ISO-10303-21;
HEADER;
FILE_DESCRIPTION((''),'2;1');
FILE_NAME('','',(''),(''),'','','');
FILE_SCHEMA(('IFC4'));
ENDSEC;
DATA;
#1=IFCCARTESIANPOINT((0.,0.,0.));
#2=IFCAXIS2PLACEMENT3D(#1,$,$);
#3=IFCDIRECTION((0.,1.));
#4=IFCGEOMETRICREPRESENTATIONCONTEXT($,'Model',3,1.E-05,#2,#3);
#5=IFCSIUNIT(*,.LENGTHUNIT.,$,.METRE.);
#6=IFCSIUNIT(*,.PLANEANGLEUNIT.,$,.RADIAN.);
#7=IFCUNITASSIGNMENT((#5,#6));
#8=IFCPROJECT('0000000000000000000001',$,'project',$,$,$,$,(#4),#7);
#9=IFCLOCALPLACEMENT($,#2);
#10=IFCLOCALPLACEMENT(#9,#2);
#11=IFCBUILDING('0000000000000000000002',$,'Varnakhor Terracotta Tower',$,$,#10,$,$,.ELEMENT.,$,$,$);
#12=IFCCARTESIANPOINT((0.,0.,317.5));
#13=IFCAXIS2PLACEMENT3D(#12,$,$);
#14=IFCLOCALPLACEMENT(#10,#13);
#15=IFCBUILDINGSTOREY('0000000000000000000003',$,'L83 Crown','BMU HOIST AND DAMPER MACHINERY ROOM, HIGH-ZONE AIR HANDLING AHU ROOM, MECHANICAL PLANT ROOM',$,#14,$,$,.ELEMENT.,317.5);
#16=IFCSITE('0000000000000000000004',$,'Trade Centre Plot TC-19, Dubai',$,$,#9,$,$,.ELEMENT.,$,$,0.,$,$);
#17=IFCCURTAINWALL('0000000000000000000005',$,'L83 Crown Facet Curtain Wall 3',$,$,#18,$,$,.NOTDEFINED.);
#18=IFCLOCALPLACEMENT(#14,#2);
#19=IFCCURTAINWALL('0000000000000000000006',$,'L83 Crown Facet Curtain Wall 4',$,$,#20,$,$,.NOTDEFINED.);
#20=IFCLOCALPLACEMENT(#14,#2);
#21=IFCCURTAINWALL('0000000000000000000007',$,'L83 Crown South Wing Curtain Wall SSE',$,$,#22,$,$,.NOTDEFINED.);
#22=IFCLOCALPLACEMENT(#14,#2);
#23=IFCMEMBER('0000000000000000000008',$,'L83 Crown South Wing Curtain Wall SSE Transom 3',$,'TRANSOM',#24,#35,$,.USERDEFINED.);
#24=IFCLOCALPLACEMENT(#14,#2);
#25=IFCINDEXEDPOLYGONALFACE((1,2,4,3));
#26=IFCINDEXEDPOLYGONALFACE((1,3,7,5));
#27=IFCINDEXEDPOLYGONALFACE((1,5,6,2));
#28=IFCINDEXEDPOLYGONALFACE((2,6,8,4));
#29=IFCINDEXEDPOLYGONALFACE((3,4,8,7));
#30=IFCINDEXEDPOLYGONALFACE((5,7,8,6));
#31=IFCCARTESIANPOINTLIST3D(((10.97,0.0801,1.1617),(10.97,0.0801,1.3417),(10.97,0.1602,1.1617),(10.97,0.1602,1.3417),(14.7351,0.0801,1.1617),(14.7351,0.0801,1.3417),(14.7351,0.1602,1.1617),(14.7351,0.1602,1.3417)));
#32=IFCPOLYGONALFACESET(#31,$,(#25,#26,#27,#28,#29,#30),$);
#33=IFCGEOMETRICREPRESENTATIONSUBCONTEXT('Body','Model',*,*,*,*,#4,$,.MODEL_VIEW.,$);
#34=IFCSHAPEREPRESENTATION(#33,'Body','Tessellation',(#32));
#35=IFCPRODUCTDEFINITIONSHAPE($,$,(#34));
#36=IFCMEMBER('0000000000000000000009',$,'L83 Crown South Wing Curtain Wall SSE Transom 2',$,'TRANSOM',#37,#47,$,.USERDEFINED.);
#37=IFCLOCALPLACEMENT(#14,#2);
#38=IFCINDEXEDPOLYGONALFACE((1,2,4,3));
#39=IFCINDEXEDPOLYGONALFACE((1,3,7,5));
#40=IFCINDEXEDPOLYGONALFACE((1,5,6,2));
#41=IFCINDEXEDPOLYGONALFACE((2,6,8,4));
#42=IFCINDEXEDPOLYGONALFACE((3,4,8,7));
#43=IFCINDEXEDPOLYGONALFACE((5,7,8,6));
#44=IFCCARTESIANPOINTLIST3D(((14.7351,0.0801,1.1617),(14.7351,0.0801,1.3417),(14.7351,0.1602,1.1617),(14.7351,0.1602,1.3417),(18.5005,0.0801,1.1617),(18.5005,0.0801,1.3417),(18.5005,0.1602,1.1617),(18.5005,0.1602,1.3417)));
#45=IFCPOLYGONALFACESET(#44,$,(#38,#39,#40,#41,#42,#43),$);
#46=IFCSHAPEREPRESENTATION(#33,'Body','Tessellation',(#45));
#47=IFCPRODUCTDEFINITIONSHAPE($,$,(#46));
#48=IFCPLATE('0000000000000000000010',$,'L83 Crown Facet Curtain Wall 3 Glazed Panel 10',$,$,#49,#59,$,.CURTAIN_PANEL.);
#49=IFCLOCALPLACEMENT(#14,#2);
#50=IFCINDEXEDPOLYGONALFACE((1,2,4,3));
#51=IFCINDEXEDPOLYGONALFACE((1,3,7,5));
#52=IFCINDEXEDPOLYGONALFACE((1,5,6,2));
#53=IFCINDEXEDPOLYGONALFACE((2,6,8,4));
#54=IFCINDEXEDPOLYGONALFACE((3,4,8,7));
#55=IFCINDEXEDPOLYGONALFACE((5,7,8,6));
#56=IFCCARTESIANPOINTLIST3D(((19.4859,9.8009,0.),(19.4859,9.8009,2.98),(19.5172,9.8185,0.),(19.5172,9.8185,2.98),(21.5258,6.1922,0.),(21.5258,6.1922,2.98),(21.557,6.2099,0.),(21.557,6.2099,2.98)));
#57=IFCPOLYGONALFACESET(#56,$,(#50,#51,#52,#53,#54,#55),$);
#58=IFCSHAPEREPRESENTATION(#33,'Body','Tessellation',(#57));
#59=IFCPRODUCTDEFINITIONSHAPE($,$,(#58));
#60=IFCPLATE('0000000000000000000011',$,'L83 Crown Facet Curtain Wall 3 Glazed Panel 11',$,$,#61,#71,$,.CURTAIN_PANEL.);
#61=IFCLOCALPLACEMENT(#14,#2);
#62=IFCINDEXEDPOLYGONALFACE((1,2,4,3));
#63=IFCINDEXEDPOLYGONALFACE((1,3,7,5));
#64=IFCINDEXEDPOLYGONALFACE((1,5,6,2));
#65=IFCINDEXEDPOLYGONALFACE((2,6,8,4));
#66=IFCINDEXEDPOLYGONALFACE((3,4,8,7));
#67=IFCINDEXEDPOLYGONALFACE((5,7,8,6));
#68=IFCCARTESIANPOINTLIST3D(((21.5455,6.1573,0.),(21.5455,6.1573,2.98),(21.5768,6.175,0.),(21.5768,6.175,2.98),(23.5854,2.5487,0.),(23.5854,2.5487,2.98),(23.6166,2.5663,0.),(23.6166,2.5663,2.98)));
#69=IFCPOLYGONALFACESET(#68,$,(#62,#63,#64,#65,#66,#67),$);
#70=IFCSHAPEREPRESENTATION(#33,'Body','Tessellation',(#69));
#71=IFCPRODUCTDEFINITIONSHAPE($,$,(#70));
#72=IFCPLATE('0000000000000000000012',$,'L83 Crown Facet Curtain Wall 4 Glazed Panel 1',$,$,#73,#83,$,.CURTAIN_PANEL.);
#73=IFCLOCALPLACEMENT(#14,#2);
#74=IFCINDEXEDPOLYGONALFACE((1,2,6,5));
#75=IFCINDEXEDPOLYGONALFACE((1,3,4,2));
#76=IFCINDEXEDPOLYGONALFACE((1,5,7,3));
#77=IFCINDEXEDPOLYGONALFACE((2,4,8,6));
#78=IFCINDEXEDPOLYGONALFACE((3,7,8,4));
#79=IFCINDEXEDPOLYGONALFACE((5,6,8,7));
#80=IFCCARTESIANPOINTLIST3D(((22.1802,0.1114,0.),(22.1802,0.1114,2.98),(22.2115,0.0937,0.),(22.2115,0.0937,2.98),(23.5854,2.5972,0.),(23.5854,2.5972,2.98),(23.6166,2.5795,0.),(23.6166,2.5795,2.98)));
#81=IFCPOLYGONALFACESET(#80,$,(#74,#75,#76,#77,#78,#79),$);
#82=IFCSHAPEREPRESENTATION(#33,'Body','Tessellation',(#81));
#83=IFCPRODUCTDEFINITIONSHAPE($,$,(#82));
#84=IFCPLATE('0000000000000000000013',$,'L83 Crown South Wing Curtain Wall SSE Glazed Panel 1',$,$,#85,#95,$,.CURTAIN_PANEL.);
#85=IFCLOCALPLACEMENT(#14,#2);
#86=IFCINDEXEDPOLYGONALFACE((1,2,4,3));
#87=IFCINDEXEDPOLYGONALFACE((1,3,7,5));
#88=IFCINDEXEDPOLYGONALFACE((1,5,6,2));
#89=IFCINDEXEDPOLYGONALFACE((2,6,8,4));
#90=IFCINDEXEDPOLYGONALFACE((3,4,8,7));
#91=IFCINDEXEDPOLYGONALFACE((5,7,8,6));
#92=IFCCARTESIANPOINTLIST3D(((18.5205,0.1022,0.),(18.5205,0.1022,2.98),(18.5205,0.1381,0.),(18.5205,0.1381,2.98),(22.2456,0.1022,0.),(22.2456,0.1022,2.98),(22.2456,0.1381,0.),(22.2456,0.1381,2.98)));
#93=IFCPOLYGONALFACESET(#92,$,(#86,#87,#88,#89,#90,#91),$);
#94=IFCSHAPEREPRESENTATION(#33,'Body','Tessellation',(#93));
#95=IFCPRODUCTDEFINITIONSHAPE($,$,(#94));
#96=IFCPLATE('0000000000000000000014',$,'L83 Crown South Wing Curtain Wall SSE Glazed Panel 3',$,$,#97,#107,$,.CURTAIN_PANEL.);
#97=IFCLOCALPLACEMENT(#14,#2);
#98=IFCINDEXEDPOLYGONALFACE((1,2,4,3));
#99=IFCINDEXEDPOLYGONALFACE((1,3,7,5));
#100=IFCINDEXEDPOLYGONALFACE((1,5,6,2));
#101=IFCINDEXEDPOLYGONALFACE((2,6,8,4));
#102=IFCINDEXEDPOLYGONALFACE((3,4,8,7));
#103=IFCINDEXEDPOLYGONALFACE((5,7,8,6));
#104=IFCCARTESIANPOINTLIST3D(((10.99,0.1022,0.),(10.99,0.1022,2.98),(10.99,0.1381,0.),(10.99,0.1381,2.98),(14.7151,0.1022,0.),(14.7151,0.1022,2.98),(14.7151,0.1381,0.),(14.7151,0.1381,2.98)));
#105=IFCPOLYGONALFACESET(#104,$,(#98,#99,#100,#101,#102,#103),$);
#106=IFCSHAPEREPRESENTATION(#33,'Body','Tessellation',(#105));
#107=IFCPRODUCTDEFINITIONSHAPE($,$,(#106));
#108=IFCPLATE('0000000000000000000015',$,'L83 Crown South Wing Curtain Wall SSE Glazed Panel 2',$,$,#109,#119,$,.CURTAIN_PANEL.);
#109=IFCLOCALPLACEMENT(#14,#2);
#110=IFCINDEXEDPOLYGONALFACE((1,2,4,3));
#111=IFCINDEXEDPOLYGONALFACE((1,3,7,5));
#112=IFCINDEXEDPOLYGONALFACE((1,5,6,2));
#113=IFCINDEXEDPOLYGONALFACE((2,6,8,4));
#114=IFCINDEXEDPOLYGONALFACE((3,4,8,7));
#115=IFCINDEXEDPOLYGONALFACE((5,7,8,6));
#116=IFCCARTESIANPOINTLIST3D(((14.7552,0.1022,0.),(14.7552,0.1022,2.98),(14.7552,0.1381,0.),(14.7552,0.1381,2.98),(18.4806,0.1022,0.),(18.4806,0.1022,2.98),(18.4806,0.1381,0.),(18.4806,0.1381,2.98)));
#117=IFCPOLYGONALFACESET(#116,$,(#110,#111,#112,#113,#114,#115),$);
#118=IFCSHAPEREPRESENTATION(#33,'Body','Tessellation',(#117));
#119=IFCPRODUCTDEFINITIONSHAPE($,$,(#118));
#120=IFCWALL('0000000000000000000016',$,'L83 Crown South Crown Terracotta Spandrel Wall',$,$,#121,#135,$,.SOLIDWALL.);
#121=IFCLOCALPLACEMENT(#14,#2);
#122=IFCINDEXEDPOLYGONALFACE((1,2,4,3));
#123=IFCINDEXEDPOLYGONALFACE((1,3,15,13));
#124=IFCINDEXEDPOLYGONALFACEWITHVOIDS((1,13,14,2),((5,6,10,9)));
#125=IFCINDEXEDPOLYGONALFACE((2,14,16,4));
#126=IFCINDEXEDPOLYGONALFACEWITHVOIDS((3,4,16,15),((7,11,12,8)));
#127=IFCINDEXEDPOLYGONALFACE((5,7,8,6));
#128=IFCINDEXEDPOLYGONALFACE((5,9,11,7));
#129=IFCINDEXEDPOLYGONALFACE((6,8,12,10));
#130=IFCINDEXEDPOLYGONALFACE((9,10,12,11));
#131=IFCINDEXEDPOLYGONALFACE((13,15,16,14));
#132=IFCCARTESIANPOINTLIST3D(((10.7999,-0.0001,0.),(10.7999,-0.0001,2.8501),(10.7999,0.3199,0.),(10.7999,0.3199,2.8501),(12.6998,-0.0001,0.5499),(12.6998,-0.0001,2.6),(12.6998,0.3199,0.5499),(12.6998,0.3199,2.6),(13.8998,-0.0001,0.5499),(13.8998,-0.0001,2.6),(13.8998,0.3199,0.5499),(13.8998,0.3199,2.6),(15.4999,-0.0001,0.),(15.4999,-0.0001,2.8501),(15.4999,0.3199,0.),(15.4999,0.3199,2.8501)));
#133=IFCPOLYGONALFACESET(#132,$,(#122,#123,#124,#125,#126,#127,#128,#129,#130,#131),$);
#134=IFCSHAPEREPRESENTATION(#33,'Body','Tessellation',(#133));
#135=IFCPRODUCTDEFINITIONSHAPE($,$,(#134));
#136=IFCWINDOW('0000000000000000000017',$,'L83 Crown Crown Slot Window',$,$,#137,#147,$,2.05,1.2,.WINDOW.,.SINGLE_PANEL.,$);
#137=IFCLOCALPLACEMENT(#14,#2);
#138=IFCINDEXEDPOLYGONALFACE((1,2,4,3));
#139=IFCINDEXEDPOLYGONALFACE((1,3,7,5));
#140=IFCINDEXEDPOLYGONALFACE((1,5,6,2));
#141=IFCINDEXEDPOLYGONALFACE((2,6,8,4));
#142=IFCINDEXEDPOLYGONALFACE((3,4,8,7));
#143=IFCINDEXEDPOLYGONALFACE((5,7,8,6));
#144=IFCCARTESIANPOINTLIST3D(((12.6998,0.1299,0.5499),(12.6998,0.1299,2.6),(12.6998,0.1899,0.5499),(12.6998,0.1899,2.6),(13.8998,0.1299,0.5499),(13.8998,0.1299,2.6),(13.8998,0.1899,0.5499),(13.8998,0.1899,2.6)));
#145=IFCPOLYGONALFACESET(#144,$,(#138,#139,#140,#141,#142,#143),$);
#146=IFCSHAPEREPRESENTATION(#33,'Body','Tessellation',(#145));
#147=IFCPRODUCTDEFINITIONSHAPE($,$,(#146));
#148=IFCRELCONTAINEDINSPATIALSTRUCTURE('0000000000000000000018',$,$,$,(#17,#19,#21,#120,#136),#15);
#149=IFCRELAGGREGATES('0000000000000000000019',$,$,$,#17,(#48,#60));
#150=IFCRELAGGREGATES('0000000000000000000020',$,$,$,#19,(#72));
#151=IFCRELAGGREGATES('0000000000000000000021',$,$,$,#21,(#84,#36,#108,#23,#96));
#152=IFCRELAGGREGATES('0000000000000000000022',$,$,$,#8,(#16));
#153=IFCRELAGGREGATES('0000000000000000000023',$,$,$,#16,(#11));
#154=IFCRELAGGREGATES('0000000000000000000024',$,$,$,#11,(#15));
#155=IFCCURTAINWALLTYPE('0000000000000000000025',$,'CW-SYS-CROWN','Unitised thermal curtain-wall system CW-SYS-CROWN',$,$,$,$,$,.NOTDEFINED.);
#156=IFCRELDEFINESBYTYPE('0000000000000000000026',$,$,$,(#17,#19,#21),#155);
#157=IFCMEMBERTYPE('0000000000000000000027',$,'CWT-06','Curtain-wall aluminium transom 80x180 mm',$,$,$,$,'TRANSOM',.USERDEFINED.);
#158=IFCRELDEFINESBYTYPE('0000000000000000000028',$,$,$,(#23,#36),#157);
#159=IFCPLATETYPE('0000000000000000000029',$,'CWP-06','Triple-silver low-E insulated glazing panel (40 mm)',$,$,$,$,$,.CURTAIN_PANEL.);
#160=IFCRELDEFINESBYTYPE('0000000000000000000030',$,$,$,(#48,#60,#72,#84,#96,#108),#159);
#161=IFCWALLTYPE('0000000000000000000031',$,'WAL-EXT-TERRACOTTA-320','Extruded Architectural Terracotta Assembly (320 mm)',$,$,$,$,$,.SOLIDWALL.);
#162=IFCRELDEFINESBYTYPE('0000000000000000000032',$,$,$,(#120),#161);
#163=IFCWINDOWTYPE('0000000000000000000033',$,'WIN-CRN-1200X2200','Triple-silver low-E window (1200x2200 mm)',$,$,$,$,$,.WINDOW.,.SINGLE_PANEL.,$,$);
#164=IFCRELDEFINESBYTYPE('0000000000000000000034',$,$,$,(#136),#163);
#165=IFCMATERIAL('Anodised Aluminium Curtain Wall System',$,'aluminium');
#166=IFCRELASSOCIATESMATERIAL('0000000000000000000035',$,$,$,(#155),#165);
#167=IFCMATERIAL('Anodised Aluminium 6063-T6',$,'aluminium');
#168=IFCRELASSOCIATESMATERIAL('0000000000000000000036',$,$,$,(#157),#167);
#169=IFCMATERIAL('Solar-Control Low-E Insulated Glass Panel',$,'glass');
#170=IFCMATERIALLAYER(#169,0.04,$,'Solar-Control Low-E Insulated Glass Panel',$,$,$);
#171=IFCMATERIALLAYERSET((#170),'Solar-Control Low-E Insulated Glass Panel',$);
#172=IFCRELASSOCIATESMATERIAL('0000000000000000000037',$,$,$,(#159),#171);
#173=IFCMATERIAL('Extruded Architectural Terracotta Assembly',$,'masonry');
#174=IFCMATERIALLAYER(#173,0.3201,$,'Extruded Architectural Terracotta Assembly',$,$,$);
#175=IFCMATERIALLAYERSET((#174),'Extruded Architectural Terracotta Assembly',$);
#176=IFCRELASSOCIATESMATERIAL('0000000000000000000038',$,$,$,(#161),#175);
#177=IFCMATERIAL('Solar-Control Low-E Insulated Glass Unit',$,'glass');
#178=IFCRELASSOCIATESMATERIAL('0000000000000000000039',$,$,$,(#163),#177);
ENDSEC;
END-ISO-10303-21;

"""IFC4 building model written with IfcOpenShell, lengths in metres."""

from ifc_helpers import new_model, si_unit, direction, frame, frame_2d, origin, origin_2d, place, context, subcontext, project, spatial, rectangle, extrude, source, transform, mapped, material, layer, layer_set, material_profile, profile_set, type_object, type_shapes, element, fill, aggregate, save


model = new_model("IFC4")

# Units and contexts
model_context = context("Model", 3, precision=1e-05, world=origin(), true_north=direction((0.0, 1.0)))
body_context = subcontext(model_context, "Body", "Model", "MODEL_VIEW")
ifc_project = project(units=[si_unit("LENGTHUNIT", "METRE"), si_unit("PLANEANGLEUNIT", "RADIAN")], contexts=[model_context])

# Site, building, storey
site_placement = place(None, origin())
site = spatial("IfcSite", under=ifc_project, at=site_placement, Name="Trade Centre Plot TC-19, Dubai", CompositionType="ELEMENT", RefElevation=0.0)
building_placement = place(site_placement, origin())
building = spatial("IfcBuilding", under=site, at=building_placement, Name="Varnakhor Terracotta Tower", CompositionType="ELEMENT")
storey_placement = place(building_placement, frame((0.0, 0.0, 317.5)))
storey = spatial("IfcBuildingStorey", under=building, at=storey_placement, Name="L83 Crown", Description="BMU HOIST AND DAMPER MACHINERY ROOM, HIGH-ZONE AIR HANDLING AHU ROOM, MECHANICAL PLANT ROOM", CompositionType="ELEMENT", Elevation=317.5)

# Curtain wall
ifc_material_1 = material(Name="Anodised Aluminium Curtain Wall System", Category="aluminium")
curtain_wall_type = type_object("IfcCurtainWallType", Name="CW-SYS-CROWN", Description="Unitised thermal curtain-wall system CW-SYS-CROWN", PredefinedType="NOTDEFINED", material=ifc_material_1)
curtain_wall_1_placement = place(storey_placement, origin())
curtain_wall_1 = element("IfcCurtainWall", 1, at=curtain_wall_1_placement, inside=storey, type_object=curtain_wall_type, Name="L83 Crown Facet Curtain Wall 3", PredefinedType="NOTDEFINED")
ifc_material_2 = material(Name="Anodised Aluminium 6063-T6", Category="aluminium")

# Curtain wall
curtain_wall_2_placement = place(storey_placement, origin())
curtain_wall_2 = element("IfcCurtainWall", 2, at=curtain_wall_2_placement, inside=storey, type_object=curtain_wall_type, Name="L83 Crown Facet Curtain Wall 4", PredefinedType="NOTDEFINED")

# Curtain wall
curtain_wall_3_placement = place(storey_placement, origin())
curtain_wall_3 = element("IfcCurtainWall", 3, at=curtain_wall_3_placement, inside=storey, type_object=curtain_wall_type, Name="L83 Crown South Wing Curtain Wall SSE", PredefinedType="NOTDEFINED")

# Members
ifc_material_profile_1 = material_profile(ifc_material_2, rectangle(XDim=0.0801, YDim=0.1799, at=origin_2d()), Name="ALU TRANSOM 80x180")
ifc_profile_set_1 = profile_set([ifc_material_profile_1], Name="Anodised Aluminium 6063-T6")
member_type_1 = type_object("IfcMemberType", Name="CWT-06", Description="Curtain-wall aluminium transom 80x180 mm", ElementType="TRANSOM", PredefinedType="USERDEFINED", material=ifc_profile_set_1)
shared_shape_1 = source(origin(), body_context, "Body", "SweptSolid", [
    extrude(rectangle(XDim=0.0801, YDim=0.1799, at=origin_2d()), origin(), (0.0, 0.0, 1.0), 3.7651),
])
member_1_placement = place(storey_placement, frame((14.7351, 0.1201, 1.2517), z_axis=(-1.0, 0.0, 0.0), x_axis=(0.0, -1.0, 0.0)))
member_1 = element("IfcMember", 4, at=member_1_placement, type_object=member_type_1, Name="L83 Crown South Wing Curtain Wall SSE Transom 3", ObjectType="TRANSOM", PredefinedType="USERDEFINED", context=body_context, shape_type="MappedRepresentation", body=[
    mapped(shared_shape_1, transform((0.0, 0.0, 0.0), scale=1.0)),
])
shared_shape_2 = source(origin(), body_context, "Body", "SweptSolid", [
    extrude(rectangle(XDim=0.0801, YDim=0.1799, at=origin_2d()), origin(), (0.0, 0.0, 1.0), 3.7654),
])
member_2_placement = place(storey_placement, frame((18.5005, 0.1201, 1.2517), z_axis=(-1.0, 0.0, 0.0), x_axis=(0.0, -1.0, 0.0)))
member_2 = element("IfcMember", 5, at=member_2_placement, type_object=member_type_1, Name="L83 Crown South Wing Curtain Wall SSE Transom 2", ObjectType="TRANSOM", PredefinedType="USERDEFINED", context=body_context, shape_type="MappedRepresentation", body=[
    mapped(shared_shape_2, transform((0.0, 0.0, 0.0), scale=1.0)),
])

# Plates
ifc_material_3 = material(Name="Solar-Control Low-E Insulated Glass Panel", Category="glass")
ifc_layer_1 = layer(ifc_material_3, 0.04, Name="Solar-Control Low-E Insulated Glass Panel")
ifc_layer_set_1 = layer_set([ifc_layer_1], Name="Solar-Control Low-E Insulated Glass Panel")
plate_type = type_object("IfcPlateType", Name="CWP-06", Description="Triple-silver low-E insulated glazing panel (40 mm)", PredefinedType="CURTAIN_PANEL", material=ifc_layer_set_1)
shared_shape_3 = source(origin(), body_context, "Body", "SweptSolid", [
    extrude(rectangle(XDim=4.1453, YDim=0.0359, at=origin_2d()), origin(), (0.0, 0.0, 1.0), 2.98),
])
plate_1_placement = place(storey_placement, frame((20.5215, 8.0054, 0.0), z_axis=(0.0, 0.0, 1.0), x_axis=(0.492089, -0.870545, 0.0)))
plate_1 = element("IfcPlate", 6, at=plate_1_placement, type_object=plate_type, Name="L83 Crown Facet Curtain Wall 3 Glazed Panel 10", PredefinedType="CURTAIN_PANEL", context=body_context, shape_type="MappedRepresentation", body=[
    mapped(shared_shape_3, transform((0.0, 0.0, 0.0), scale=1.0)),
])
plate_2_placement = place(storey_placement, frame((22.5811, 4.3618, 0.0), z_axis=(0.0, 0.0, 1.0), x_axis=(0.492089, -0.870545, 0.0)))
plate_2 = element("IfcPlate", 7, at=plate_2_placement, type_object=plate_type, Name="L83 Crown Facet Curtain Wall 3 Glazed Panel 11", PredefinedType="CURTAIN_PANEL", context=body_context, shape_type="MappedRepresentation", body=[
    mapped(shared_shape_3, transform((0.0, 0.0, 0.0), scale=1.0)),
])
aggregate(curtain_wall_1, [plate_1, plate_2])
shared_shape_4 = source(origin(), body_context, "Body", "SweptSolid", [
    extrude(rectangle(XDim=2.8555, YDim=0.0359, at=origin_2d()), origin(), (0.0, 0.0, 1.0), 2.98),
])
plate_3_placement = place(storey_placement, frame((22.8984, 1.3455, 0.0), z_axis=(0.0, 0.0, 1.0), x_axis=(-0.492089, -0.870545, 0.0)))
plate_3 = element("IfcPlate", 8, at=plate_3_placement, type_object=plate_type, Name="L83 Crown Facet Curtain Wall 4 Glazed Panel 1", PredefinedType="CURTAIN_PANEL", context=body_context, shape_type="MappedRepresentation", body=[
    mapped(shared_shape_4, transform((0.0, 0.0, 0.0), scale=1.0)),
])
aggregate(curtain_wall_2, [plate_3])
shared_shape_5 = source(origin(), body_context, "Body", "SweptSolid", [
    extrude(rectangle(XDim=3.7251, YDim=0.0359, at=origin_2d()), origin(), (0.0, 0.0, 1.0), 2.98),
])
plate_4_placement = place(storey_placement, frame((20.3831, 0.1201, 0.0), z_axis=(0.0, 0.0, 1.0), x_axis=(-1.0, 0.0, 0.0)))
plate_4 = element("IfcPlate", 9, at=plate_4_placement, type_object=plate_type, Name="L83 Crown South Wing Curtain Wall SSE Glazed Panel 1", PredefinedType="CURTAIN_PANEL", context=body_context, shape_type="MappedRepresentation", body=[
    mapped(shared_shape_5, transform((0.0, 0.0, 0.0), scale=1.0)),
])
plate_5_placement = place(storey_placement, frame((12.8525, 0.1201, 0.0), z_axis=(0.0, 0.0, 1.0), x_axis=(-1.0, 0.0, 0.0)))
plate_5 = element("IfcPlate", 10, at=plate_5_placement, type_object=plate_type, Name="L83 Crown South Wing Curtain Wall SSE Glazed Panel 3", PredefinedType="CURTAIN_PANEL", context=body_context, shape_type="MappedRepresentation", body=[
    mapped(shared_shape_5, transform((0.0, 0.0, 0.0), scale=1.0)),
])
shared_shape_6 = source(origin(), body_context, "Body", "SweptSolid", [
    extrude(rectangle(XDim=3.7253, YDim=0.0359, at=origin_2d()), origin(), (0.0, 0.0, 1.0), 2.98),
])
plate_6_placement = place(storey_placement, frame((16.6179, 0.1201, 0.0), z_axis=(0.0, 0.0, 1.0), x_axis=(-1.0, 0.0, 0.0)))
plate_6 = element("IfcPlate", 11, at=plate_6_placement, type_object=plate_type, Name="L83 Crown South Wing Curtain Wall SSE Glazed Panel 2", PredefinedType="CURTAIN_PANEL", context=body_context, shape_type="MappedRepresentation", body=[
    mapped(shared_shape_6, transform((0.0, 0.0, 0.0), scale=1.0)),
])
aggregate(curtain_wall_3, [plate_4, member_2, plate_6, member_1, plate_5])

# Wall, opening, window
ifc_material_4 = material(Name="Extruded Architectural Terracotta Assembly", Category="masonry")
ifc_layer_2 = layer(ifc_material_4, 0.3201, Name="Extruded Architectural Terracotta Assembly")
ifc_layer_set_2 = layer_set([ifc_layer_2], Name="Extruded Architectural Terracotta Assembly")
wall_type = type_object("IfcWallType", Name="WAL-EXT-TERRACOTTA-320", Description="Extruded Architectural Terracotta Assembly (320 mm)", PredefinedType="SOLIDWALL", material=ifc_layer_set_2)
wall_placement = place(storey_placement, frame((15.5, 0.1599, 0.0), z_axis=(0.0, 0.0, 1.0), x_axis=(-1.0, 0.0, 0.0)))
wall = element("IfcWall", 12, at=wall_placement, inside=storey, type_object=wall_type, Name="L83 Crown South Crown Terracotta Spandrel Wall", PredefinedType="SOLIDWALL", context=body_context, shape_type="SweptSolid", body=[
    extrude(rectangle(XDim=4.7, YDim=0.3201, at=frame_2d((2.3501, 0.0))), origin(), (0.0, 0.0, 1.0), 2.8501),
])
opening_placement = place(wall_placement, frame((1.6001, 0.0, 0.55)))
opening = element("IfcOpeningElement", 13, at=opening_placement, cuts=wall, PredefinedType="OPENING", context=body_context, shape_type="SweptSolid", body=[
    extrude(rectangle(XDim=1.2, YDim=2.05, at=frame_2d((0.6001, 1.0249))), frame((0.0, 0.1699, 0.0), z_axis=(0.0, -1.0, 0.0), x_axis=(1.0, 0.0, 0.0)), (0.0, 0.0, 1.0), 0.3401),
])
ifc_material_5 = material(Name="Solar-Control Low-E Insulated Glass Unit", Category="glass")
window_type = type_object("IfcWindowType", Name="WIN-CRN-1200X2200", Description="Triple-silver low-E window (1200x2200 mm)", PartitioningType="SINGLE_PANEL", PredefinedType="WINDOW", material=ifc_material_5)
shared_shape_7 = source(origin(), body_context, "Body", "SweptSolid", [
    extrude(rectangle(XDim=1.2, YDim=2.05, at=frame_2d((0.6001, 1.0249))), frame((0.0, 0.03, 0.0), z_axis=(0.0, -1.0, 0.0), x_axis=(1.0, 0.0, 0.0)), (0.0, 0.0, 1.0), 0.0601),
])
type_shapes(window_type, [shared_shape_7])
window_placement = place(opening_placement, origin())
window = element("IfcWindow", 14, at=window_placement, inside=storey, type_object=window_type, Name="L83 Crown Crown Slot Window", OverallHeight=2.05, OverallWidth=1.2, PartitioningType="SINGLE_PANEL", PredefinedType="WINDOW", context=body_context, shape_type="MappedRepresentation", body=[
    mapped(shared_shape_7, transform((0.0, 0.0, 0.0), scale=1.0)),
])
fill(opening, window)

save(model, "model.ifc")
